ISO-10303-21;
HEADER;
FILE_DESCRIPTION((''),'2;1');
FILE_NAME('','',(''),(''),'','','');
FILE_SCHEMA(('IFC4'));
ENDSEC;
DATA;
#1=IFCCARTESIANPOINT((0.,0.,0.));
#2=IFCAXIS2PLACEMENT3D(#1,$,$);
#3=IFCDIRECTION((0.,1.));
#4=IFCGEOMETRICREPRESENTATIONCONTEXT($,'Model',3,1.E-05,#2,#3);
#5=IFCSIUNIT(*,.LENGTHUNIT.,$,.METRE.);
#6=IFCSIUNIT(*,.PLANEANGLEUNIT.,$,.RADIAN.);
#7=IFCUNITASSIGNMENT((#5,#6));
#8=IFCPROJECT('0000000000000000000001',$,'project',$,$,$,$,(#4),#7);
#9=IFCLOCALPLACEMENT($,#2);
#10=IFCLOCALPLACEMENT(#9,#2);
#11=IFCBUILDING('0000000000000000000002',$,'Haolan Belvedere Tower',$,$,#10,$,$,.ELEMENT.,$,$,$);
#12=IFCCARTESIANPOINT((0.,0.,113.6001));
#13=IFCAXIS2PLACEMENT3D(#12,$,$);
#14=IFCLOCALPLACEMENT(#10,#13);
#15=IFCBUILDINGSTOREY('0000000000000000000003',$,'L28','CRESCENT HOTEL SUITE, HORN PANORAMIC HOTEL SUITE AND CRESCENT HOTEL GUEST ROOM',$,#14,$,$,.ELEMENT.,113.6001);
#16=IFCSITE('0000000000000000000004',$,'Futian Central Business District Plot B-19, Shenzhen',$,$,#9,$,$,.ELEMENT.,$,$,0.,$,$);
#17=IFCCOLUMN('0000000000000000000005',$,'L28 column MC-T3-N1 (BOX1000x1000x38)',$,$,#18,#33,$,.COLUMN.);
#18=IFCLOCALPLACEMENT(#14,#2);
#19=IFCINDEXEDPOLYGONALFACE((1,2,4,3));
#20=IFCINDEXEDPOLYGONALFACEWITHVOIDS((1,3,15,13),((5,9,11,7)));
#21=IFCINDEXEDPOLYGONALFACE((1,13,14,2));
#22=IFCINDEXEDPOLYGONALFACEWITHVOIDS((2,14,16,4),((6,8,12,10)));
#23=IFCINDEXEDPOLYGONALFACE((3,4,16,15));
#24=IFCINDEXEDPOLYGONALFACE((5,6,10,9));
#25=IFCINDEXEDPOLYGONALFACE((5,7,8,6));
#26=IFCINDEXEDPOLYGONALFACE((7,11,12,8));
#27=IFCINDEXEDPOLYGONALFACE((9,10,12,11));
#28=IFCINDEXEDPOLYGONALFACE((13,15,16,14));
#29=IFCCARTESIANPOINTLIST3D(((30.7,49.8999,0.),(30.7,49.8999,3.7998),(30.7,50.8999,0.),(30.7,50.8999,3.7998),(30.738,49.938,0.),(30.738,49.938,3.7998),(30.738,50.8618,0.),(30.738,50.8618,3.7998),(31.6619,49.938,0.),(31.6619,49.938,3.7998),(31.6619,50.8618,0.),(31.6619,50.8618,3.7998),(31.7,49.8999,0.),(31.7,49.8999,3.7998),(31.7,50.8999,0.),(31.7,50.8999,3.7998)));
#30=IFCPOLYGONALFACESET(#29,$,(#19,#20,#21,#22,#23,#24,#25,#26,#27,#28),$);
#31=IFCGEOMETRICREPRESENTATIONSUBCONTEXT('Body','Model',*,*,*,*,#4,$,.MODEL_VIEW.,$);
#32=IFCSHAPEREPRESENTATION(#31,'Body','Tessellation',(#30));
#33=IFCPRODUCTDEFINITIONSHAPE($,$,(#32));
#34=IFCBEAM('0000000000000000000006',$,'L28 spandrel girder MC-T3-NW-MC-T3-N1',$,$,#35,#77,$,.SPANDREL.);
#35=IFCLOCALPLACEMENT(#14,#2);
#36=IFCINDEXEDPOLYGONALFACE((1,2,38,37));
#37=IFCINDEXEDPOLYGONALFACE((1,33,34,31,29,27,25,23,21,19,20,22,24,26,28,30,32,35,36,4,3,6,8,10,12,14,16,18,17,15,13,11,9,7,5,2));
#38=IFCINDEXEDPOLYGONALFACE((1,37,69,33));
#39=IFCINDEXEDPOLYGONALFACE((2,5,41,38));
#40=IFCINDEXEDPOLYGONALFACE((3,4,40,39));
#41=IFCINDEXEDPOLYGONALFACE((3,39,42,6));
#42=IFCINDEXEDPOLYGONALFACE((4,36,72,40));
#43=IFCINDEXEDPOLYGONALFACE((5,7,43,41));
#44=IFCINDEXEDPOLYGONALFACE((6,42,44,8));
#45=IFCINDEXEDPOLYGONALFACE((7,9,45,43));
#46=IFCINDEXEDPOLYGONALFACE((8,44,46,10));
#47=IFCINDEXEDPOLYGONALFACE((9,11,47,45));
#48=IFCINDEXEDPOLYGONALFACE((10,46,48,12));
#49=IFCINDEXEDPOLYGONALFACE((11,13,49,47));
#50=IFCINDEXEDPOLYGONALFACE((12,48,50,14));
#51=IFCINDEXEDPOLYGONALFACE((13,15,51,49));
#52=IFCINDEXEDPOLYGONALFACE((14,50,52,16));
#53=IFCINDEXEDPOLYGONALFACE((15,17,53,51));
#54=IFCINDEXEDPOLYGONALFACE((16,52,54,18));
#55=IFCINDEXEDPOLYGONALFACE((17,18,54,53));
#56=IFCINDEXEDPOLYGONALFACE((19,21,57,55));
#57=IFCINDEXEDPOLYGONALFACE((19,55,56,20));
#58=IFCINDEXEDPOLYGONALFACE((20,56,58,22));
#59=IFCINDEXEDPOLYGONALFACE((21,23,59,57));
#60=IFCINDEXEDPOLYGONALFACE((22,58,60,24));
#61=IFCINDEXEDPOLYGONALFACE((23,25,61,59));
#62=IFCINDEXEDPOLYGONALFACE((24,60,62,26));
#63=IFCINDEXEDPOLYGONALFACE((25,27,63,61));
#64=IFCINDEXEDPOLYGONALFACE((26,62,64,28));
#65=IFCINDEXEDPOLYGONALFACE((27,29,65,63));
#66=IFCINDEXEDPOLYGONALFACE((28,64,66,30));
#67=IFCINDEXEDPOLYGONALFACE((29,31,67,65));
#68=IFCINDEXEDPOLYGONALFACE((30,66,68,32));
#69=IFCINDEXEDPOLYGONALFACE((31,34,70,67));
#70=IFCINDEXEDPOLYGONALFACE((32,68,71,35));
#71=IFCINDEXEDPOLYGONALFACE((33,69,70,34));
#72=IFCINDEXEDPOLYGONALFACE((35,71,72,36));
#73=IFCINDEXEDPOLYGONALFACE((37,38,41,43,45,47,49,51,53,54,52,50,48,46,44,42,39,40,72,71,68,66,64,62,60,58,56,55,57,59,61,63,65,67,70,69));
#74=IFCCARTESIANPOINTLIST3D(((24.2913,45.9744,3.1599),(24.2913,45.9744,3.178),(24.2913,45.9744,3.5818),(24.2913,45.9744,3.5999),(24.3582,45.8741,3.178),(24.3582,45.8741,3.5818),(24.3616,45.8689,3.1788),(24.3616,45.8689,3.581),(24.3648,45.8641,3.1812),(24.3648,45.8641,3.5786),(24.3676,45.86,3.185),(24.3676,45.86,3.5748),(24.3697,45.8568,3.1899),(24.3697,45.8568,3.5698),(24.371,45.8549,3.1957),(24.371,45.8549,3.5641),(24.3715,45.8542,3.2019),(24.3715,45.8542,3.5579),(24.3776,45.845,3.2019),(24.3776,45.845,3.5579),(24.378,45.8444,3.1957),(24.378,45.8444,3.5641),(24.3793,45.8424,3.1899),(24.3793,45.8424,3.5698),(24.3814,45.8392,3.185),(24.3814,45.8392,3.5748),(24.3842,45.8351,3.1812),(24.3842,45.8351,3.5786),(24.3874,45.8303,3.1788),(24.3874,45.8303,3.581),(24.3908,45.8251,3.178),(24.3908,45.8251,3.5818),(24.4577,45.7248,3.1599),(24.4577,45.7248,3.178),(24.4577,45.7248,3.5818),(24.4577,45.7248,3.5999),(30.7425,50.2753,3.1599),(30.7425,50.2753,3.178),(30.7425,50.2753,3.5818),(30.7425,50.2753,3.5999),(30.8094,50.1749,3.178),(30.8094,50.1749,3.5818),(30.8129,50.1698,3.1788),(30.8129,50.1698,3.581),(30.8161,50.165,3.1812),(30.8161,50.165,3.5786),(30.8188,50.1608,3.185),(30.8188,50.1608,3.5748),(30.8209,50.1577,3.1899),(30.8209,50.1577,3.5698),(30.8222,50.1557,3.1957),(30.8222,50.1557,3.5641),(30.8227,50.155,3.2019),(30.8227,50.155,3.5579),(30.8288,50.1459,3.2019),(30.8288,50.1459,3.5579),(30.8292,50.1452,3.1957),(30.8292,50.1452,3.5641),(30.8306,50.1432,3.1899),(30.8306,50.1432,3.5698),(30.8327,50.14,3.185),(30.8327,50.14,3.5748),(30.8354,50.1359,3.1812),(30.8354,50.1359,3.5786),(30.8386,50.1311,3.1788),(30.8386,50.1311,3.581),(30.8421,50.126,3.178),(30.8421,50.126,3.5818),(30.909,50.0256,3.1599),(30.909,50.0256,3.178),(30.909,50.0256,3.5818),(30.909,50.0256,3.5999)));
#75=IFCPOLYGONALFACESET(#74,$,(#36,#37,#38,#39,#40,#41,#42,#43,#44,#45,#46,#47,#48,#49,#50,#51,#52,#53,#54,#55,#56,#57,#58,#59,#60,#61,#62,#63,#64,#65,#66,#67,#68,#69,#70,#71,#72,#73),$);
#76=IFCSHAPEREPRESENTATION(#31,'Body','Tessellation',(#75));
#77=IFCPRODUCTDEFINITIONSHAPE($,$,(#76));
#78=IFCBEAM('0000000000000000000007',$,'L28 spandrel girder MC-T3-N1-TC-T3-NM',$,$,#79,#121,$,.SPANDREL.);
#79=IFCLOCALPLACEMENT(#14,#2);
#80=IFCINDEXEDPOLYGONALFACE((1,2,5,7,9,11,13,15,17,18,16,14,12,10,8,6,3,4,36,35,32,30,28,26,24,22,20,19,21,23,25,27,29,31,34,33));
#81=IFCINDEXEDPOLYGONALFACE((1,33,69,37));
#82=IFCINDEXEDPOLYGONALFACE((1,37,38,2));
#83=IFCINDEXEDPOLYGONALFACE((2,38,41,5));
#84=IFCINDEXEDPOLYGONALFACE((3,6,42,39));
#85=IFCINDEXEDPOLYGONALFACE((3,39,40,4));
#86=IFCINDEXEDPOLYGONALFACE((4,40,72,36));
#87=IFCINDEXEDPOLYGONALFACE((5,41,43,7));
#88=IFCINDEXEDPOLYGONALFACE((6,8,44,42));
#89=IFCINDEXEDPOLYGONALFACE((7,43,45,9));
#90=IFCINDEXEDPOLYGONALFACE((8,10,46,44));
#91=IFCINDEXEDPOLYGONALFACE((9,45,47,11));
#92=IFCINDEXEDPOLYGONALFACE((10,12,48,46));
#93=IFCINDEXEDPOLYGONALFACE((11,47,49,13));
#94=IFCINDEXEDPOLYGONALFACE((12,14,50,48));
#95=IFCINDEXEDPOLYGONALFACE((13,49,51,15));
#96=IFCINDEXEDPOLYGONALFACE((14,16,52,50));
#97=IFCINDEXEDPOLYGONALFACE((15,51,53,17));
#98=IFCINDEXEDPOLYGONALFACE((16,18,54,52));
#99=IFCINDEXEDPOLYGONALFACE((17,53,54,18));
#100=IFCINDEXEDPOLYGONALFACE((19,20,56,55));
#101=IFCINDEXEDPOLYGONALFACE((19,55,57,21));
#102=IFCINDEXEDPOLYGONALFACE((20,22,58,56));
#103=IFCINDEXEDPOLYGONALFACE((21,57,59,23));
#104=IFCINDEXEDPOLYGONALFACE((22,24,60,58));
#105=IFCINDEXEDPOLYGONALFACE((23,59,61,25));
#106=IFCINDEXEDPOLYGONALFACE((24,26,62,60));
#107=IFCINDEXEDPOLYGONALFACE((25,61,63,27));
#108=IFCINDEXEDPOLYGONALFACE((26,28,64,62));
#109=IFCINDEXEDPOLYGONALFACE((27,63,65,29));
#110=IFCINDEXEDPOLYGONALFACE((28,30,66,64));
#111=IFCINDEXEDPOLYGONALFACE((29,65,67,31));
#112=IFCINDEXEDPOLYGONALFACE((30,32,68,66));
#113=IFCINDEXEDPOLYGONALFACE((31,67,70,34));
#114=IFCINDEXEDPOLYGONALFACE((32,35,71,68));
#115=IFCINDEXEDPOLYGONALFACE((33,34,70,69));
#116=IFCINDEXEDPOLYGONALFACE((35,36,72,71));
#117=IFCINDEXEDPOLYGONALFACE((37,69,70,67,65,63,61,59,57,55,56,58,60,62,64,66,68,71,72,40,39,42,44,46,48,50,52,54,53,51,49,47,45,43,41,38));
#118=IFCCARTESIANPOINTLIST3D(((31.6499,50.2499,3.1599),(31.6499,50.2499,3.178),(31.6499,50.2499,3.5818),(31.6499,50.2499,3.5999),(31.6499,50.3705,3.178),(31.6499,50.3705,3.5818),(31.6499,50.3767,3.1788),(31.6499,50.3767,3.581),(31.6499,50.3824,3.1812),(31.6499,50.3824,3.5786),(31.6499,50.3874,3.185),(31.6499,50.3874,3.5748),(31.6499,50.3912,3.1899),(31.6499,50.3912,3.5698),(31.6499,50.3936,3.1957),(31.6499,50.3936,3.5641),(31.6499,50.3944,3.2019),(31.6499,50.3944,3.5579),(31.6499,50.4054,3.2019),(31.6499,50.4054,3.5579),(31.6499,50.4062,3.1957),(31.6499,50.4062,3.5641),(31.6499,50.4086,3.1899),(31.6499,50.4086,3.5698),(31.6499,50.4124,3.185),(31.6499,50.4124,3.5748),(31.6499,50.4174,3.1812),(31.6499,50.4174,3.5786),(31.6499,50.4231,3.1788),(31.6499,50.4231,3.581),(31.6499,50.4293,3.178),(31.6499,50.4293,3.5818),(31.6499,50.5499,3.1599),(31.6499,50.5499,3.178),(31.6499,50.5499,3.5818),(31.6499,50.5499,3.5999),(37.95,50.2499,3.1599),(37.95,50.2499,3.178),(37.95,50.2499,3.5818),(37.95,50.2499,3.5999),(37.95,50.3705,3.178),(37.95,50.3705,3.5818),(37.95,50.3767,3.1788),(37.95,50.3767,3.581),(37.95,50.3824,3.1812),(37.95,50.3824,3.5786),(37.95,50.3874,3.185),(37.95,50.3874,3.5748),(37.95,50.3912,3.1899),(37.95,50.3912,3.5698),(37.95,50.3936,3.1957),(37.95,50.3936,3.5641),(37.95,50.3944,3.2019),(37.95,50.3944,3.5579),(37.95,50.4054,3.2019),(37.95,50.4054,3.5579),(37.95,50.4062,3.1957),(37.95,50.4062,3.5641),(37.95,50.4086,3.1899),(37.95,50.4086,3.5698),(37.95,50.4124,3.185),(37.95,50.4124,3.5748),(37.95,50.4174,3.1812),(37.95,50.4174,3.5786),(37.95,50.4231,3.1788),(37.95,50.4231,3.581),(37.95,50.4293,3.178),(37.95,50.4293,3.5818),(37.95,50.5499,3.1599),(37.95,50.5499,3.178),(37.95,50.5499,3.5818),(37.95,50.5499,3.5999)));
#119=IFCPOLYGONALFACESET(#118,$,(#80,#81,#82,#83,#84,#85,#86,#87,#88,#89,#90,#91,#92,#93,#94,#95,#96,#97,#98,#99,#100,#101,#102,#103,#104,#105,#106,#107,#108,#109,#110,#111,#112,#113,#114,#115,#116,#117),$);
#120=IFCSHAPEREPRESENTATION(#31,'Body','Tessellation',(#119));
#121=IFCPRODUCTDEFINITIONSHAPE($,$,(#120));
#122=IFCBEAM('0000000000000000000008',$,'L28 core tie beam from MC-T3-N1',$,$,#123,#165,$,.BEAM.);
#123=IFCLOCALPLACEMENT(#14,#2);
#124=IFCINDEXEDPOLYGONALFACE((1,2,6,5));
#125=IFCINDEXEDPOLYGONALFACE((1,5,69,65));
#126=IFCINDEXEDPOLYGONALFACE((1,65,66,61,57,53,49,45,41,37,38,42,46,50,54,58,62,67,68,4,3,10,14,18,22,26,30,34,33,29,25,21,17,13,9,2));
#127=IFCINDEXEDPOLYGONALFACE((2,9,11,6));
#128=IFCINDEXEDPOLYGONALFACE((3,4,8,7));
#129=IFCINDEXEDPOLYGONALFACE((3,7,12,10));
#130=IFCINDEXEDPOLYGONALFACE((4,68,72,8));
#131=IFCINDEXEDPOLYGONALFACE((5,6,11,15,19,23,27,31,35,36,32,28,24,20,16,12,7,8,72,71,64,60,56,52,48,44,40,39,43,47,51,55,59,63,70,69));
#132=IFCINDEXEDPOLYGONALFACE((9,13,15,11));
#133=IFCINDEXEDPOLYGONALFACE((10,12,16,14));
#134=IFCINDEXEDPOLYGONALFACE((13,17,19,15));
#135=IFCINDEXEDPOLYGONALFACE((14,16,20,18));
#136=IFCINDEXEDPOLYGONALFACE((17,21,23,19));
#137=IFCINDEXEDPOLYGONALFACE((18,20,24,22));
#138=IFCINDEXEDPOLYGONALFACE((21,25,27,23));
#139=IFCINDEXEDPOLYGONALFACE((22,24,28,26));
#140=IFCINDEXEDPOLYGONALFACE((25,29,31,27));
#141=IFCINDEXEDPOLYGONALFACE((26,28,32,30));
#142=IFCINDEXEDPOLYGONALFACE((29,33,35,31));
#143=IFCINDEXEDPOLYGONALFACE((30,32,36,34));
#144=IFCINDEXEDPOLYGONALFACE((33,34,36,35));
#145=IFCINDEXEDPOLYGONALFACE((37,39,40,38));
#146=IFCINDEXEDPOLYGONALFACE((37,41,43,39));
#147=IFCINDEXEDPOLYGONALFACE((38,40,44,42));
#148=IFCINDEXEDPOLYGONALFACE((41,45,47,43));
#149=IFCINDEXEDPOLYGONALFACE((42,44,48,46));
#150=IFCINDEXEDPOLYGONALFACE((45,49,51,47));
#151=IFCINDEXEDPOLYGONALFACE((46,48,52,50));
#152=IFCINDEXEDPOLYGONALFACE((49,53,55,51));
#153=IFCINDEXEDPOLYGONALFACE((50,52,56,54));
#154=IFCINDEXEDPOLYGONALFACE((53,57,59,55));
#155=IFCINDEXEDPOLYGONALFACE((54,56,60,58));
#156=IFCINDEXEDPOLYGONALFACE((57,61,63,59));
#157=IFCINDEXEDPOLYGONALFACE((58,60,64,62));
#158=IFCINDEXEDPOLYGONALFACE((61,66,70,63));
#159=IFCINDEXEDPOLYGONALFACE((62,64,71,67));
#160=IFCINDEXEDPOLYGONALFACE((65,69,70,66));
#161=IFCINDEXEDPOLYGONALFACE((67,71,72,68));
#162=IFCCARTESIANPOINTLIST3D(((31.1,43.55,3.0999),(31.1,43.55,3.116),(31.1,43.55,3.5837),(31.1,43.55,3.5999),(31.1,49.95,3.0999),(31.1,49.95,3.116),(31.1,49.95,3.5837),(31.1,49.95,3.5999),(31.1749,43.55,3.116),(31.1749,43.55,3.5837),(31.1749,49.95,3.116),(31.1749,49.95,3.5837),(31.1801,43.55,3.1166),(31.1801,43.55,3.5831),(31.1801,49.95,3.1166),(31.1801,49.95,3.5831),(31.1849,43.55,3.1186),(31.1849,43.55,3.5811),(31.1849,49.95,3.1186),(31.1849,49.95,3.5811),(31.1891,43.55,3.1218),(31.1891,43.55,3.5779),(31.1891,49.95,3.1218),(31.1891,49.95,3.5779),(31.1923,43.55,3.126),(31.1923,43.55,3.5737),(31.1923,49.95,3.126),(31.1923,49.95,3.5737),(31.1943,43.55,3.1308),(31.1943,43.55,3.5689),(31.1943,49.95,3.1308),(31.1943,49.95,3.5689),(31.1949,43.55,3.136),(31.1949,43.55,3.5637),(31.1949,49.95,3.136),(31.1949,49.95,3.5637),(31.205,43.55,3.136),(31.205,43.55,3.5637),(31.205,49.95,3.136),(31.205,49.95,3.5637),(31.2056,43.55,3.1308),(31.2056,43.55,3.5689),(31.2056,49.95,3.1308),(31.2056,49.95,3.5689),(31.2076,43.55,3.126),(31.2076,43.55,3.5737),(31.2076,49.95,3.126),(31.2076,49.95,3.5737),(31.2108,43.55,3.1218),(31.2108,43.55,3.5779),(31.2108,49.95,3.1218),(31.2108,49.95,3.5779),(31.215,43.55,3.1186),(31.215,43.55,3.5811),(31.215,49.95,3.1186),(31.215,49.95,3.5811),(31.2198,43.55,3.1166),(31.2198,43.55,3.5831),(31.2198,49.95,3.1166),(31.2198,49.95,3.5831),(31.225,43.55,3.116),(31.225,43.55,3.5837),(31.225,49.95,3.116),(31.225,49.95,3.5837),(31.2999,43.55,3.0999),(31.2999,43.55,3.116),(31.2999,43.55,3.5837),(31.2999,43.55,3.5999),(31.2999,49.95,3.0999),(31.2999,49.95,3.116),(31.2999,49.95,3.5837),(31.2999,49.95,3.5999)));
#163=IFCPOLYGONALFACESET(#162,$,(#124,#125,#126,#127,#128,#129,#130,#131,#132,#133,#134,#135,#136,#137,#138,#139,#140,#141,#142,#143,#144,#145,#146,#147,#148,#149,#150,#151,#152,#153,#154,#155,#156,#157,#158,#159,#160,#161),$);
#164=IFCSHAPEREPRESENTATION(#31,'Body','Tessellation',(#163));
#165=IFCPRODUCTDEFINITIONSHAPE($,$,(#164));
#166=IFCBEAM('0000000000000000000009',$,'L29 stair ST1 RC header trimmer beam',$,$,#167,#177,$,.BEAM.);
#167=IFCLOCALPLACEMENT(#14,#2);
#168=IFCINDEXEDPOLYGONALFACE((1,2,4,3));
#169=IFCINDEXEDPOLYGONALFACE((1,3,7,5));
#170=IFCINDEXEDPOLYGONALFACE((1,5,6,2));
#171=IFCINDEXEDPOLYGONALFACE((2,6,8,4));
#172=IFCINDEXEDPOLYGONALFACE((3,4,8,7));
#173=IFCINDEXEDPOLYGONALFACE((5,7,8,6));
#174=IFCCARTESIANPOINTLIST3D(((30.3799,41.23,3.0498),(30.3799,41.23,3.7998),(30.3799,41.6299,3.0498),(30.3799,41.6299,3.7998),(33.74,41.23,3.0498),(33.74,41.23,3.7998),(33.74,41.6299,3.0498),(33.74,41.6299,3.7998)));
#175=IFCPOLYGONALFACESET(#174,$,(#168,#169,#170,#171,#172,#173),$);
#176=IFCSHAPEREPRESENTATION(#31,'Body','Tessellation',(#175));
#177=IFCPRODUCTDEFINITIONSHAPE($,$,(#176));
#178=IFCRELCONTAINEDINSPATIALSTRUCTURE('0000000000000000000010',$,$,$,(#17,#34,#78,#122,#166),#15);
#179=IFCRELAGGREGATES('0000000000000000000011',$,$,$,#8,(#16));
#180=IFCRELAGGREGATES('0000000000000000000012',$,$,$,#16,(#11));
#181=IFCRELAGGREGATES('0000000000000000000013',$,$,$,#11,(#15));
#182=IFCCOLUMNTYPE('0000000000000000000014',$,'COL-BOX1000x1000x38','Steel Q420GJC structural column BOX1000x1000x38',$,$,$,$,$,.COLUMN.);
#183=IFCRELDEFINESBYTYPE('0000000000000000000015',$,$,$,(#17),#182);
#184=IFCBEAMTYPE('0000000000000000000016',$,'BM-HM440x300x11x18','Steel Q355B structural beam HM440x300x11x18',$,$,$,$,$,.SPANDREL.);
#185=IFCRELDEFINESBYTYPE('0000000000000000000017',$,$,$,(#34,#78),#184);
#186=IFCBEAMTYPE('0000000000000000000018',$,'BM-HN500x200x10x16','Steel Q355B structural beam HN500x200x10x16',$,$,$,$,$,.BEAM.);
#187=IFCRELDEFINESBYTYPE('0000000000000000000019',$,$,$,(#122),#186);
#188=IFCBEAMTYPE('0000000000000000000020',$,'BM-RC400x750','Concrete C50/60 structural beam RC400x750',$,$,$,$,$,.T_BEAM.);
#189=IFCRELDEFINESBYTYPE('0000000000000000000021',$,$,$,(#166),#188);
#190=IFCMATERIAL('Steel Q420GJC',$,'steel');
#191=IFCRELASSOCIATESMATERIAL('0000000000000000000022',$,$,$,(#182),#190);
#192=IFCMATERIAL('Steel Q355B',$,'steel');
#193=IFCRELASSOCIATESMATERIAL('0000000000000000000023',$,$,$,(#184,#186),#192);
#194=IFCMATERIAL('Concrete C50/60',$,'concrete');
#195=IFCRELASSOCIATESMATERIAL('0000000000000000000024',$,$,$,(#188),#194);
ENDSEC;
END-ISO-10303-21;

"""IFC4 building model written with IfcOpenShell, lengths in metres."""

from ifc_helpers import new_model, si_unit, direction, frame, origin, origin_2d, place, context, subcontext, project, spatial, rectangle, hollow_rectangle, i_section, extrude, material, material_profile, profile_set, type_object, element, save


model = new_model("IFC4")

# Units and contexts
model_context = context("Model", 3, precision=1e-05, world=origin(), true_north=direction((0.0, 1.0)))
body_context = subcontext(model_context, "Body", "Model", "MODEL_VIEW")
ifc_project = project(units=[si_unit("LENGTHUNIT", "METRE"), si_unit("PLANEANGLEUNIT", "RADIAN")], contexts=[model_context])

# Site, building, storey
site_placement = place(None, origin())
site = spatial("IfcSite", under=ifc_project, at=site_placement, Name="Futian Central Business District Plot B-19, Shenzhen", CompositionType="ELEMENT", RefElevation=0.0)
building_placement = place(site_placement, origin())
building = spatial("IfcBuilding", under=site, at=building_placement, Name="Haolan Belvedere Tower", CompositionType="ELEMENT")
storey_placement = place(building_placement, frame((0.0, 0.0, 113.6001)))
storey = spatial("IfcBuildingStorey", under=building, at=storey_placement, Name="L28", Description="CRESCENT HOTEL SUITE, HORN PANORAMIC HOTEL SUITE AND CRESCENT HOTEL GUEST ROOM", CompositionType="ELEMENT", Elevation=113.6001)

# Column
ifc_material_1 = material(Name="Steel Q420GJC", Category="steel")
ifc_material_profile_1 = material_profile(ifc_material_1, hollow_rectangle(XDim=1.0, YDim=1.0, WallThickness=0.0381, at=origin_2d()), Name="Steel Q420GJC")
ifc_profile_set_1 = profile_set([ifc_material_profile_1], Name="Steel Q420GJC")
column_type = type_object("IfcColumnType", Name="COL-BOX1000x1000x38", Description="Steel Q420GJC structural column BOX1000x1000x38", PredefinedType="COLUMN", material=ifc_profile_set_1)
column_placement = place(storey_placement, frame((31.2, 50.3999, 0.0), z_axis=(0.0, 0.0, 1.0), x_axis=(1.0, 0.0, 0.0)))
element("IfcColumn", 1, at=column_placement, inside=storey, type_object=column_type, Name="L28 column MC-T3-N1 (BOX1000x1000x38)", PredefinedType="COLUMN", context=body_context, shape_type="SweptSolid", body=[
    extrude(hollow_rectangle(XDim=1.0, YDim=1.0, WallThickness=0.0381, at=origin_2d()), origin(), (0.0, 0.0, 1.0), 3.7998),
])

# Beams
ifc_material_2 = material(Name="Steel Q355B", Category="steel")
ifc_material_profile_2 = material_profile(ifc_material_2, i_section(OverallWidth=0.3, OverallDepth=0.4399, WebThickness=0.011, FlangeThickness=0.0181, FilletRadius=0.0239, at=origin_2d()), Name="Steel Q355B")
ifc_profile_set_2 = profile_set([ifc_material_profile_2], Name="Steel Q355B")
beam_type_1 = type_object("IfcBeamType", Name="BM-HM440x300x11x18", Description="Steel Q355B structural beam HM440x300x11x18", PredefinedType="SPANDREL", material=ifc_profile_set_2)
beam_1_placement = place(storey_placement, frame((24.3745, 45.8496, 3.3799), z_axis=(0.83205, 0.5547, 0.0), x_axis=(-0.5547, 0.83205, 0.0)))
element("IfcBeam", 2, at=beam_1_placement, inside=storey, type_object=beam_type_1, Name="L28 spandrel girder MC-T3-NW-MC-T3-N1", PredefinedType="SPANDREL", context=body_context, shape_type="SweptSolid", body=[
    extrude(i_section(OverallWidth=0.3, OverallDepth=0.4399, WebThickness=0.011, FlangeThickness=0.0181, FilletRadius=0.0239, at=origin_2d()), origin(), (0.0, 0.0, 1.0), 7.7534),
])
beam_2_placement = place(storey_placement, frame((31.6499, 50.3999, 3.3799), z_axis=(1.0, 0.0, 0.0), x_axis=(0.0, 1.0, 0.0)))
element("IfcBeam", 3, at=beam_2_placement, inside=storey, type_object=beam_type_1, Name="L28 spandrel girder MC-T3-N1-TC-T3-NM", PredefinedType="SPANDREL", context=body_context, shape_type="SweptSolid", body=[
    extrude(i_section(OverallWidth=0.3, OverallDepth=0.4399, WebThickness=0.011, FlangeThickness=0.0181, FilletRadius=0.0239, at=origin_2d()), origin(), (0.0, 0.0, 1.0), 6.3),
])
ifc_material_profile_3 = material_profile(ifc_material_2, i_section(OverallWidth=0.2, OverallDepth=0.5, WebThickness=0.01, FlangeThickness=0.0161, FilletRadius=0.02, at=origin_2d()), Name="Steel Q355B")
ifc_profile_set_3 = profile_set([ifc_material_profile_3], Name="Steel Q355B")
beam_type_2 = type_object("IfcBeamType", Name="BM-HN500x200x10x16", Description="Steel Q355B structural beam HN500x200x10x16", PredefinedType="BEAM", material=ifc_profile_set_3)
beam_3_placement = place(storey_placement, frame((31.2, 49.95, 3.3499), z_axis=(0.0, -1.0, 0.0), x_axis=(1.0, 0.0, 0.0)))
element("IfcBeam", 4, at=beam_3_placement, inside=storey, type_object=beam_type_2, Name="L28 core tie beam from MC-T3-N1", PredefinedType="BEAM", context=body_context, shape_type="SweptSolid", body=[
    extrude(i_section(OverallWidth=0.2, OverallDepth=0.5, WebThickness=0.01, FlangeThickness=0.0161, FilletRadius=0.02, at=origin_2d()), origin(), (0.0, 0.0, 1.0), 6.3999),
])
ifc_material_3 = material(Name="Concrete C50/60", Category="concrete")
ifc_material_profile_4 = material_profile(ifc_material_3, rectangle(XDim=0.3999, YDim=0.75, at=origin_2d()), Name="Concrete C50/60")
ifc_profile_set_4 = profile_set([ifc_material_profile_4], Name="Concrete C50/60")
beam_type_3 = type_object("IfcBeamType", Name="BM-RC400x750", Description="Concrete C50/60 structural beam RC400x750", PredefinedType="T_BEAM", material=ifc_profile_set_4)
beam_4_placement = place(storey_placement, frame((30.3799, 41.4299, 3.4248), z_axis=(1.0, 0.0, 0.0), x_axis=(0.0, 1.0, 0.0)))
element("IfcBeam", 5, at=beam_4_placement, inside=storey, type_object=beam_type_3, Name="L29 stair ST1 RC header trimmer beam", PredefinedType="BEAM", context=body_context, shape_type="SweptSolid", body=[
    extrude(rectangle(XDim=0.3999, YDim=0.75, at=origin_2d()), origin(), (0.0, 0.0, 1.0), 3.3601),
])

save(model, "model.ifc")
